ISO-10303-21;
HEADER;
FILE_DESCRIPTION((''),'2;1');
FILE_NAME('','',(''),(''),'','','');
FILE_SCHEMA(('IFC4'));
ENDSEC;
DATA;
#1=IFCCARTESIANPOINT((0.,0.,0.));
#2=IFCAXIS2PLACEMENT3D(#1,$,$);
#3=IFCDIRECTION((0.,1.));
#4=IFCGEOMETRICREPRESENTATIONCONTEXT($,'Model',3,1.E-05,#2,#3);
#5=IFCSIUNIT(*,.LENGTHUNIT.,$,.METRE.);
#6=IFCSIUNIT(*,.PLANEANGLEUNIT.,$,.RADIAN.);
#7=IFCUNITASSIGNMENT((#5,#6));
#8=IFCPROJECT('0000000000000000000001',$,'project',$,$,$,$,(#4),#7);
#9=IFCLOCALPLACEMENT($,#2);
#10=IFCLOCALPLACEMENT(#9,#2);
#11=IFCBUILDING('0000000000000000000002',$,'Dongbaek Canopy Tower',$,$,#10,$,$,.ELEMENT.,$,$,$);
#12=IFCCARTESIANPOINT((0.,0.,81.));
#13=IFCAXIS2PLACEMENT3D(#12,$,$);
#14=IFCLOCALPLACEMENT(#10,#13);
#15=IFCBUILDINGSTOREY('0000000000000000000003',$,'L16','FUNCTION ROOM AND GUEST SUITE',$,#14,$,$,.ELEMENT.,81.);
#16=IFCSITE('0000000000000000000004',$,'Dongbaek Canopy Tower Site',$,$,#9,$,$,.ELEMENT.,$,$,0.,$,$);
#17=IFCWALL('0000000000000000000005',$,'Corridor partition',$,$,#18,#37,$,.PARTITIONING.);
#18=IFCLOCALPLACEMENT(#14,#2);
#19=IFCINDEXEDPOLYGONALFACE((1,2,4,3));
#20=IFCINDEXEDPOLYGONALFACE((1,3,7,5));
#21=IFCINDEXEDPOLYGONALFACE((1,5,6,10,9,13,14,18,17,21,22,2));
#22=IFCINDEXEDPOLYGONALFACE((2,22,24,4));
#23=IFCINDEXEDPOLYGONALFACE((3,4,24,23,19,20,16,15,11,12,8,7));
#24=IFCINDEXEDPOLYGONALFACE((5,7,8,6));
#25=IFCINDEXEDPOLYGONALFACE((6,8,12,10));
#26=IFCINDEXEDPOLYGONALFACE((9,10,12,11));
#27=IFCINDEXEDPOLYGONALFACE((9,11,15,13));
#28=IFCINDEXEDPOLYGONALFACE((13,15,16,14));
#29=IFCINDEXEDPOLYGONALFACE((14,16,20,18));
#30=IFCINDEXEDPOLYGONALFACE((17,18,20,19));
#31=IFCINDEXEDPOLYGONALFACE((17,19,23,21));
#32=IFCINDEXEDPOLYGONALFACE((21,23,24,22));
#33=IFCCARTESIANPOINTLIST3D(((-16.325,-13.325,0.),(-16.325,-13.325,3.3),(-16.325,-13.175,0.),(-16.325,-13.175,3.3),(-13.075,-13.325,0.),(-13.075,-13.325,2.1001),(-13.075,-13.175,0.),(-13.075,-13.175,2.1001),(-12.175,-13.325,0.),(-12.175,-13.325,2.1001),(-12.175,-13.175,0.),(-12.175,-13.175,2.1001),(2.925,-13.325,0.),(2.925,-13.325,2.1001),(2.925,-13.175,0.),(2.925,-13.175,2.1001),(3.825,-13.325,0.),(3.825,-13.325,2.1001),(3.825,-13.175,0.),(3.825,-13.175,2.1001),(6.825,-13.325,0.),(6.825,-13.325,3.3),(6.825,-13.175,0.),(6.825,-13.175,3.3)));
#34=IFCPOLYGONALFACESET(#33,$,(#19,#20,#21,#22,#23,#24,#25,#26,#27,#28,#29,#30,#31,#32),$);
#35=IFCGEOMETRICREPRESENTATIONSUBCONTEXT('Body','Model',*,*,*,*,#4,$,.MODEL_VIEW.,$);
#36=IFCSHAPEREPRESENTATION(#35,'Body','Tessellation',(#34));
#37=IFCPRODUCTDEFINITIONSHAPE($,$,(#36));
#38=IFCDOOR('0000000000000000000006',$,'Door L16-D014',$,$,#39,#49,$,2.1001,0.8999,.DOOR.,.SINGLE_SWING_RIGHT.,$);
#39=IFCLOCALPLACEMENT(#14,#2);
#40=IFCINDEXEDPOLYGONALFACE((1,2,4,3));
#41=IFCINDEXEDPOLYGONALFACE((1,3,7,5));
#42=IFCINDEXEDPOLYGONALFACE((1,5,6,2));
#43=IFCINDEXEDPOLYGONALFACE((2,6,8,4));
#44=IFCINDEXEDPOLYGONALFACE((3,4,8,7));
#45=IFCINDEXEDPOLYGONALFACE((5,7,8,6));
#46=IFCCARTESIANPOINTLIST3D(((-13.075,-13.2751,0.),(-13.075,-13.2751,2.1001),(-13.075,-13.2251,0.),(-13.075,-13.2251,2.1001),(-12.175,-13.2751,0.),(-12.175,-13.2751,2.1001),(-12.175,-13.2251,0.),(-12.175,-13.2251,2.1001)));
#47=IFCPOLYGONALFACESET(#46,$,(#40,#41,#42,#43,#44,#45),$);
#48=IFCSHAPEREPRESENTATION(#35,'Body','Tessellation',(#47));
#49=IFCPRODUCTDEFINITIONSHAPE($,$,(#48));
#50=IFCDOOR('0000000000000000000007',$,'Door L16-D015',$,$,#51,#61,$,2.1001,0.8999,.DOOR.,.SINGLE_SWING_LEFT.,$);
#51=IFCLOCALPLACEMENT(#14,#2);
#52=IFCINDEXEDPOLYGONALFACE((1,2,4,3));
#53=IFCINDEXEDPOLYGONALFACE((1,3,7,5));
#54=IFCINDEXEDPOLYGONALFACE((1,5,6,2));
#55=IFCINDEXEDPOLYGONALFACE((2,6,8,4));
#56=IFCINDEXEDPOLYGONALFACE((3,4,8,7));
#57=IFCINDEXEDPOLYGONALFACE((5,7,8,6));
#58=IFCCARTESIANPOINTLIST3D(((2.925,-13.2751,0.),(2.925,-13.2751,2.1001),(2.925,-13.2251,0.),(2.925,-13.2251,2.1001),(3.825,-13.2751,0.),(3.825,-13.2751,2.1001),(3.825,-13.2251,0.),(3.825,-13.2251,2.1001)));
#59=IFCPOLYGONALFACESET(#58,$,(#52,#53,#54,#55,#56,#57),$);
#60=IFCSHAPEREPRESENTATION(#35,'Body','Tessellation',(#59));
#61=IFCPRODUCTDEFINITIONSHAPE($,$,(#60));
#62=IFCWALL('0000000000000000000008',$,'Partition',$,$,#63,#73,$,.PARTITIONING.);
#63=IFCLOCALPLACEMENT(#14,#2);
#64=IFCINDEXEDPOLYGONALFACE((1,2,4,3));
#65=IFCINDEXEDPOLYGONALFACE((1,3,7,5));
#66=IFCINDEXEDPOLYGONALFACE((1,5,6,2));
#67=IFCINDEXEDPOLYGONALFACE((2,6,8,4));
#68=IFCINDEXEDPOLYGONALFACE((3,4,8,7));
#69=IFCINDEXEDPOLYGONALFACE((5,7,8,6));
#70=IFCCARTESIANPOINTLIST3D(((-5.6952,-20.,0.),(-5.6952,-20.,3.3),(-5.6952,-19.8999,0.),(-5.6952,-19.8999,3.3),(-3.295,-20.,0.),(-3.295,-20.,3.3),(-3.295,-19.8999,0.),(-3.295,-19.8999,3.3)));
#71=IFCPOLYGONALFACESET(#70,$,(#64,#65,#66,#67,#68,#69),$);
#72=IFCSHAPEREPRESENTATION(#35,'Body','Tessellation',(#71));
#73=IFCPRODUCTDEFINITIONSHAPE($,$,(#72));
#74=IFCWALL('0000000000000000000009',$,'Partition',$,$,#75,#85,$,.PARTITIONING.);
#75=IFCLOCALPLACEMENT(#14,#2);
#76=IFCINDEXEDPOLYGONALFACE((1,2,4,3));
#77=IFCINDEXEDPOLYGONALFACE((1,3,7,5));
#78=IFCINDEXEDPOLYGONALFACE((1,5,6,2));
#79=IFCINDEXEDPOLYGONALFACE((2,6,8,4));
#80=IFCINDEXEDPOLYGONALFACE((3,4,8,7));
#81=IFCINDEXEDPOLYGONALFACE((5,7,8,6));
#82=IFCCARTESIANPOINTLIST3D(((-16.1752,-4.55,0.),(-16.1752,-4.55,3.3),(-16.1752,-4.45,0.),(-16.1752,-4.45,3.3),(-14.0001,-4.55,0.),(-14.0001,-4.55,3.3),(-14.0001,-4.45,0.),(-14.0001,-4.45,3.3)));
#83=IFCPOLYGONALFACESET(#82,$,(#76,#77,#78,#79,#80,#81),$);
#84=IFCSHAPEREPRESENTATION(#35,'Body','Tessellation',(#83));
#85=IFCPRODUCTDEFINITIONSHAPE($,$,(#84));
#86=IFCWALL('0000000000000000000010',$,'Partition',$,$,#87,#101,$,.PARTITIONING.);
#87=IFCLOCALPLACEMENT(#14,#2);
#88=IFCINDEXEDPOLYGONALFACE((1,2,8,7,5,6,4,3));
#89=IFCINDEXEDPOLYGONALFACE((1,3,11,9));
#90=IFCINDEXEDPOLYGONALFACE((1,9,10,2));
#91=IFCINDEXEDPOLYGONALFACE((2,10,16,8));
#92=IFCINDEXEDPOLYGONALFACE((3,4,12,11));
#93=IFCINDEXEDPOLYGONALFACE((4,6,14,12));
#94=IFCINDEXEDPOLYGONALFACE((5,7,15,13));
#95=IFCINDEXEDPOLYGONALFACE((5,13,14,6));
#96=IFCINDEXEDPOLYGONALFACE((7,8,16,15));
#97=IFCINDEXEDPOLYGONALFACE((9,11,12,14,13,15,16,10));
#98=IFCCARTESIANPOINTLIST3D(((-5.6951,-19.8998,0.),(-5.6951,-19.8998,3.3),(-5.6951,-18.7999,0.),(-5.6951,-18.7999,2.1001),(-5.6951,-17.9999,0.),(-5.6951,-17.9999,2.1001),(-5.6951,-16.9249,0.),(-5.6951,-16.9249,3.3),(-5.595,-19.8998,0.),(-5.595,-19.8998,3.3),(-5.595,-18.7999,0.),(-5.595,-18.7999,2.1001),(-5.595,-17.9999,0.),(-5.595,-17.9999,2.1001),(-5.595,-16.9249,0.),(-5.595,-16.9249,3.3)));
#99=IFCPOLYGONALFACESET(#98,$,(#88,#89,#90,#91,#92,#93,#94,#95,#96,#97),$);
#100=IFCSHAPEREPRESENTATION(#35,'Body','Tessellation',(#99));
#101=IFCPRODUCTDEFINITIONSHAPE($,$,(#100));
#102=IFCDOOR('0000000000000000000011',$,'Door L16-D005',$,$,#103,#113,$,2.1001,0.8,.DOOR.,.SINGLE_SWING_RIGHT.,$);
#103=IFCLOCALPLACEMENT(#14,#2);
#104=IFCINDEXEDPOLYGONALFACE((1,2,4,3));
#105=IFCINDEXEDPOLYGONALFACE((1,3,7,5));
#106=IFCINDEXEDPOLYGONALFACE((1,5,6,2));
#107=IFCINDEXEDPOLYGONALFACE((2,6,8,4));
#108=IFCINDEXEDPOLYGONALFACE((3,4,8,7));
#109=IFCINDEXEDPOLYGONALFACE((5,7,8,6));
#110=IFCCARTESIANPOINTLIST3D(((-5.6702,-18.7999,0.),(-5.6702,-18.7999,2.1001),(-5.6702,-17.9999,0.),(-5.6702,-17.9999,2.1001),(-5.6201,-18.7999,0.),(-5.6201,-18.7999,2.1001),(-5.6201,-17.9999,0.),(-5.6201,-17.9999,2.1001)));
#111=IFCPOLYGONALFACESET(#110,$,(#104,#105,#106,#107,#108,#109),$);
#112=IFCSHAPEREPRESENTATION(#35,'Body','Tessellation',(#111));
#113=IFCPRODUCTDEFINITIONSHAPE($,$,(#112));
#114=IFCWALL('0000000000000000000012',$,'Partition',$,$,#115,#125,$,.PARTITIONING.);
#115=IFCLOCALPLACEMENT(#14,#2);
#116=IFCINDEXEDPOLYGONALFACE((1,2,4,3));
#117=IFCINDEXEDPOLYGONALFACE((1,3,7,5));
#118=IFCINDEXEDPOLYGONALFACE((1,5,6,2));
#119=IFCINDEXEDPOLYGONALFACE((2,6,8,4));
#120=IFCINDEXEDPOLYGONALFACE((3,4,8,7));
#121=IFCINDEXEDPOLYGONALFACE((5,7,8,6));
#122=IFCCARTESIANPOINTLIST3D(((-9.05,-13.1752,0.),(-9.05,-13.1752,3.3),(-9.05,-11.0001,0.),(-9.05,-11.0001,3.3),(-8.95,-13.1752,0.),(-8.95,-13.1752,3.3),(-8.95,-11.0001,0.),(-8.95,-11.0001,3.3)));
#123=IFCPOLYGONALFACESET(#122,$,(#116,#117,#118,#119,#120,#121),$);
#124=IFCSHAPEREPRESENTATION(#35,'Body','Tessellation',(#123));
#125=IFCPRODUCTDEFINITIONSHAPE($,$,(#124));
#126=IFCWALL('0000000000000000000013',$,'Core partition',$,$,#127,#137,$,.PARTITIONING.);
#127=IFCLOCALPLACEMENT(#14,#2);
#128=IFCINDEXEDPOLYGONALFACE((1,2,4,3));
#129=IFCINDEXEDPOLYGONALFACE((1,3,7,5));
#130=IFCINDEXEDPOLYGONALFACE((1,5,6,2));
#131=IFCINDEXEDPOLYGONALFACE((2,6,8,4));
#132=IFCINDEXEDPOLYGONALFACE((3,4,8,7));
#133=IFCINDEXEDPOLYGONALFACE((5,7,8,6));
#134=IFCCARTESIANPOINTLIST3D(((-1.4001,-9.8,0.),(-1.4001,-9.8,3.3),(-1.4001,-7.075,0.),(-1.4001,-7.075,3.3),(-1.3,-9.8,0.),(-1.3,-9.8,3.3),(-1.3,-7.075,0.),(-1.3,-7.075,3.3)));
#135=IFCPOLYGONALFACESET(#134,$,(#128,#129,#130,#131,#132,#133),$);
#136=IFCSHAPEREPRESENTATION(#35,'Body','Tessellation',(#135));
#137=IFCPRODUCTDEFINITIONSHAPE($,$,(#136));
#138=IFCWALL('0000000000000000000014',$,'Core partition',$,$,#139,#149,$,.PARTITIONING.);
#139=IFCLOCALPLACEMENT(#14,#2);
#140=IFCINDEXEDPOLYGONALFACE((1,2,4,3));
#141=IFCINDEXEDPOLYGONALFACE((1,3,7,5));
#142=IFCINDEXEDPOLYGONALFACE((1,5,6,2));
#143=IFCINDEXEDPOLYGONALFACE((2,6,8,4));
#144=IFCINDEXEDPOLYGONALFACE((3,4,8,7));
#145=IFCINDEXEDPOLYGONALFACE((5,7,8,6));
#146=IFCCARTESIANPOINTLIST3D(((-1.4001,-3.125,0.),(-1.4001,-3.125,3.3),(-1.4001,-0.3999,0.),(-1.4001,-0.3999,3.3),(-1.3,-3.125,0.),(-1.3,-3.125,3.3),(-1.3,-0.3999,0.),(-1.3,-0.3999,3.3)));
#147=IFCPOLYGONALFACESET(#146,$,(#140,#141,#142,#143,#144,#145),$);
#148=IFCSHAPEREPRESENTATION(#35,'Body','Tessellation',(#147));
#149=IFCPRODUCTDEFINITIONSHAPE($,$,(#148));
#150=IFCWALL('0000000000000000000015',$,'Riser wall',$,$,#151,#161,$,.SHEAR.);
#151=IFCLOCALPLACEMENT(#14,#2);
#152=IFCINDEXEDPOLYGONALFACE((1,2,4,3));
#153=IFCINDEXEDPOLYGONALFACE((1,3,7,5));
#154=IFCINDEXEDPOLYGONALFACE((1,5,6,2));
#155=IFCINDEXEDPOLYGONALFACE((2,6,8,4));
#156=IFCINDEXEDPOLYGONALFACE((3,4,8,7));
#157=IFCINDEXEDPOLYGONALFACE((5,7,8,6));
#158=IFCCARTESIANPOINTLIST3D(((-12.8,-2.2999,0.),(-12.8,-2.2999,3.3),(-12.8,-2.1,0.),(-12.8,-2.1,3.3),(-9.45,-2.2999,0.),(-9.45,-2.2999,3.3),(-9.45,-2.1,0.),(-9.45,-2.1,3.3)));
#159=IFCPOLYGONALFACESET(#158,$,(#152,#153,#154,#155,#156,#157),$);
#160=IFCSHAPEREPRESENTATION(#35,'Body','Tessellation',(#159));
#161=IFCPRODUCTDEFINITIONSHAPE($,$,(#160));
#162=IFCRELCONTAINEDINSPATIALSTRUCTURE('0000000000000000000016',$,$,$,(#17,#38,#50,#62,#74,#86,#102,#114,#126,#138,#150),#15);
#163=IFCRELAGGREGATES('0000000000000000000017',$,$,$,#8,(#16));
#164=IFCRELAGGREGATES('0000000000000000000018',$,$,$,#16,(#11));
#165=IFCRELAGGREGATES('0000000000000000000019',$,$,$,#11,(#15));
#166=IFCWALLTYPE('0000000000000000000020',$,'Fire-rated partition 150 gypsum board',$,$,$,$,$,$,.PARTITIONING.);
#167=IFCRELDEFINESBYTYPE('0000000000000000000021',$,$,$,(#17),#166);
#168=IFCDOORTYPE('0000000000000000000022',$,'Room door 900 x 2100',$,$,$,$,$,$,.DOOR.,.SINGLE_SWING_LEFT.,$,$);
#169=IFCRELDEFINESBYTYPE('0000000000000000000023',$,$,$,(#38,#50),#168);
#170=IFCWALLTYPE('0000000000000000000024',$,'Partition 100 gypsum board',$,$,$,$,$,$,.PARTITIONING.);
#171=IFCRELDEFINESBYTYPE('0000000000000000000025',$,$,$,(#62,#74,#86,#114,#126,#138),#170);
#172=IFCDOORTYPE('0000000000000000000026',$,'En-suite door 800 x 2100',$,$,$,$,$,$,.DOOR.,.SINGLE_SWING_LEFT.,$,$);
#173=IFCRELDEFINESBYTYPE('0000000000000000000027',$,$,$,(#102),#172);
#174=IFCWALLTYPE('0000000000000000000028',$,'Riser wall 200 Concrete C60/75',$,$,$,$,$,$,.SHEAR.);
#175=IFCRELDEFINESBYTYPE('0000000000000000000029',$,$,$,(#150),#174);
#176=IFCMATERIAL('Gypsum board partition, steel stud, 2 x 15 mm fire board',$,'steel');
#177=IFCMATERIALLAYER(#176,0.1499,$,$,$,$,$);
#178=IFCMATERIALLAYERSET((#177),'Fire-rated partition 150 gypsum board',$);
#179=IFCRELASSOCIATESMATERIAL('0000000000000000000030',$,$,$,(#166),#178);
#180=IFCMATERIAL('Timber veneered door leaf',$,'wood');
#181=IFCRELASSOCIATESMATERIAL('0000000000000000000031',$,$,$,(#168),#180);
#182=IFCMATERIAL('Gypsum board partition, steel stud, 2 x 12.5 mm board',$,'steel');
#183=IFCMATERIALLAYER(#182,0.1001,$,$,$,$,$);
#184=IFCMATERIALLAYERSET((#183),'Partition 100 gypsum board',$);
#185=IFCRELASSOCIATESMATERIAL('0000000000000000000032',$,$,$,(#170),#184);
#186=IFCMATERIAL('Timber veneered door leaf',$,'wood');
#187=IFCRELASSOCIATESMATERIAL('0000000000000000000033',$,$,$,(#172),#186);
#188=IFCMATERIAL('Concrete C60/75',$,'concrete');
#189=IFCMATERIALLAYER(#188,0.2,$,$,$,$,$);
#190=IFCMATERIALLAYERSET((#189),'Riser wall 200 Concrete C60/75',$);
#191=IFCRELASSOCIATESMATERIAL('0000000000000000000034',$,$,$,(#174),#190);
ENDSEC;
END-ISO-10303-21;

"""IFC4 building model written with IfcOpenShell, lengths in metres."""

from ifc_helpers import new_model, si_unit, direction, frame, frame_2d, origin, place, context, subcontext, project, spatial, rectangle, extrude, material, layer, layer_set, type_object, element, fill, save


model = new_model("IFC4")

# Units and contexts
model_context = context("Model", 3, precision=1e-05, world=origin(), true_north=direction((0.0, 1.0)))
body_context = subcontext(model_context, "Body", "Model", "MODEL_VIEW")
ifc_project = project(units=[si_unit("LENGTHUNIT", "METRE"), si_unit("PLANEANGLEUNIT", "RADIAN")], contexts=[model_context])

# Site, building, storey
site_placement = place(None, origin())
site = spatial("IfcSite", under=ifc_project, at=site_placement, Name="Dongbaek Canopy Tower Site", CompositionType="ELEMENT", RefElevation=0.0)
building_placement = place(site_placement, origin())
building = spatial("IfcBuilding", under=site, at=building_placement, Name="Dongbaek Canopy Tower", CompositionType="ELEMENT")
storey_placement = place(building_placement, frame((0.0, 0.0, 81.0)))
storey = spatial("IfcBuildingStorey", under=building, at=storey_placement, Name="L16", Description="FUNCTION ROOM AND GUEST SUITE", CompositionType="ELEMENT", Elevation=81.0)

# Wall, openings, doors
ifc_material_1 = material(Name="Gypsum board partition, steel stud, 2 x 15 mm fire board", Category="steel")
ifc_layer_1 = layer(ifc_material_1, 0.1499)
ifc_layer_set_1 = layer_set([ifc_layer_1], Name="Fire-rated partition 150 gypsum board")
wall_type_1 = type_object("IfcWallType", Name="Fire-rated partition 150 gypsum board", PredefinedType="PARTITIONING", material=ifc_layer_set_1)
wall_1_placement = place(storey_placement, frame((-16.325, -13.25, 0.0), z_axis=(0.0, 0.0, 1.0), x_axis=(1.0, 0.0, 0.0)))
wall_1 = element("IfcWall", 1, at=wall_1_placement, inside=storey, type_object=wall_type_1, Name="Corridor partition", PredefinedType="PARTITIONING", context=body_context, shape_type="SweptSolid", body=[
    extrude(rectangle(XDim=23.1499, YDim=0.1499, at=frame_2d((11.575, 0.0))), origin(), (0.0, 0.0, 1.0), 3.3),
])
opening_1_placement = place(wall_1_placement, frame((3.25, 0.0, 0.0)))
opening_1 = element("IfcOpeningElement", 2, at=opening_1_placement, cuts=wall_1, PredefinedType="OPENING", context=body_context, shape_type="SweptSolid", body=[
    extrude(rectangle(XDim=0.8999, YDim=2.1001, at=frame_2d((0.45, 1.05))), frame((0.0, 0.085, 0.0), z_axis=(0.0, -1.0, 0.0), x_axis=(1.0, 0.0, 0.0)), (0.0, 0.0, 1.0), 0.1699),
])
opening_2_placement = place(wall_1_placement, frame((19.25, 0.0, 0.0)))
opening_2 = element("IfcOpeningElement", 3, at=opening_2_placement, cuts=wall_1, PredefinedType="OPENING", context=body_context, shape_type="SweptSolid", body=[
    extrude(rectangle(XDim=0.8999, YDim=2.1001, at=frame_2d((0.45, 1.05))), frame((0.0, 0.085, 0.0), z_axis=(0.0, -1.0, 0.0), x_axis=(1.0, 0.0, 0.0)), (0.0, 0.0, 1.0), 0.1699),
])
ifc_material_2 = material(Name="Timber veneered door leaf", Category="wood")
door_type_1 = type_object("IfcDoorType", Name="Room door 900 x 2100", OperationType="SINGLE_SWING_LEFT", PredefinedType="DOOR", material=ifc_material_2)
door_1_placement = place(opening_1_placement, origin())
door_1 = element("IfcDoor", 4, at=door_1_placement, inside=storey, type_object=door_type_1, Name="Door L16-D014", OperationType="SINGLE_SWING_RIGHT", OverallHeight=2.1001, OverallWidth=0.8999, PredefinedType="DOOR", context=body_context, shape_type="SweptSolid", body=[
    extrude(rectangle(XDim=0.8999, YDim=2.1001, at=frame_2d((0.45, 1.05))), frame((0.0, 0.0249, 0.0), z_axis=(0.0, -1.0, 0.0), x_axis=(1.0, 0.0, 0.0)), (0.0, 0.0, 1.0), 0.05),
])
fill(opening_1, door_1)
door_2_placement = place(opening_2_placement, origin())
door_2 = element("IfcDoor", 5, at=door_2_placement, inside=storey, type_object=door_type_1, Name="Door L16-D015", OperationType="SINGLE_SWING_LEFT", OverallHeight=2.1001, OverallWidth=0.8999, PredefinedType="DOOR", context=body_context, shape_type="SweptSolid", body=[
    extrude(rectangle(XDim=0.8999, YDim=2.1001, at=frame_2d((0.45, 1.05))), frame((0.0, 0.0249, 0.0), z_axis=(0.0, -1.0, 0.0), x_axis=(1.0, 0.0, 0.0)), (0.0, 0.0, 1.0), 0.05),
])
fill(opening_2, door_2)

# Walls
ifc_material_3 = material(Name="Gypsum board partition, steel stud, 2 x 12.5 mm board", Category="steel")
ifc_layer_2 = layer(ifc_material_3, 0.1001)
ifc_layer_set_2 = layer_set([ifc_layer_2], Name="Partition 100 gypsum board")
wall_type_2 = type_object("IfcWallType", Name="Partition 100 gypsum board", PredefinedType="PARTITIONING", material=ifc_layer_set_2)
wall_2_placement = place(storey_placement, frame((-5.6953, -19.95, 0.0), z_axis=(0.0, 0.0, 1.0), x_axis=(1.0, 0.0, 0.0)))
element("IfcWall", 6, at=wall_2_placement, inside=storey, type_object=wall_type_2, Name="Partition", PredefinedType="PARTITIONING", context=body_context, shape_type="SweptSolid", body=[
    extrude(rectangle(XDim=2.4001, YDim=0.1001, at=frame_2d((1.2002, 0.0))), origin(), (0.0, 0.0, 1.0), 3.3),
])
wall_3_placement = place(storey_placement, frame((-16.175, -4.5, 0.0), z_axis=(0.0, 0.0, 1.0), x_axis=(1.0, 0.0, 0.0)))
element("IfcWall", 7, at=wall_3_placement, inside=storey, type_object=wall_type_2, Name="Partition", PredefinedType="PARTITIONING", context=body_context, shape_type="SweptSolid", body=[
    extrude(rectangle(XDim=2.175, YDim=0.1001, at=frame_2d((1.0874, 0.0))), origin(), (0.0, 0.0, 1.0), 3.3),
])

# Wall, opening, door
wall_4_placement = place(storey_placement, frame((-5.645, -16.925, 0.0), z_axis=(0.0, 0.0, 1.0), x_axis=(0.0, -1.0, 0.0)))
wall_4 = element("IfcWall", 8, at=wall_4_placement, inside=storey, type_object=wall_type_2, Name="Partition", PredefinedType="PARTITIONING", context=body_context, shape_type="SweptSolid", body=[
    extrude(rectangle(XDim=2.9749, YDim=0.1001, at=frame_2d((1.4873, 0.0))), origin(), (0.0, 0.0, 1.0), 3.3),
])
opening_3_placement = place(wall_4_placement, frame((1.075, 0.0, 0.0)))
opening_3 = element("IfcOpeningElement", 9, at=opening_3_placement, cuts=wall_4, PredefinedType="OPENING", context=body_context, shape_type="SweptSolid", body=[
    extrude(rectangle(XDim=0.8, YDim=2.1001, at=frame_2d((0.3999, 1.05))), frame((0.0, 0.0601, 0.0), z_axis=(0.0, -1.0, 0.0), x_axis=(1.0, 0.0, 0.0)), (0.0, 0.0, 1.0), 0.1201),
])
ifc_material_4 = material(Name="Timber veneered door leaf", Category="wood")
door_type_2 = type_object("IfcDoorType", Name="En-suite door 800 x 2100", OperationType="SINGLE_SWING_LEFT", PredefinedType="DOOR", material=ifc_material_4)
door_3_placement = place(opening_3_placement, origin())
door_3 = element("IfcDoor", 10, at=door_3_placement, inside=storey, type_object=door_type_2, Name="Door L16-D005", OperationType="SINGLE_SWING_RIGHT", OverallHeight=2.1001, OverallWidth=0.8, PredefinedType="DOOR", context=body_context, shape_type="SweptSolid", body=[
    extrude(rectangle(XDim=0.8, YDim=2.1001, at=frame_2d((0.3999, 1.05))), frame((0.0, 0.0249, 0.0), z_axis=(0.0, -1.0, 0.0), x_axis=(1.0, 0.0, 0.0)), (0.0, 0.0, 1.0), 0.05),
])
fill(opening_3, door_3)

# Walls
wall_5_placement = place(storey_placement, frame((-9.0, -13.175, 0.0), z_axis=(0.0, 0.0, 1.0), x_axis=(0.0, 1.0, 0.0)))
element("IfcWall", 11, at=wall_5_placement, inside=storey, type_object=wall_type_2, Name="Partition", PredefinedType="PARTITIONING", context=body_context, shape_type="SweptSolid", body=[
    extrude(rectangle(XDim=2.175, YDim=0.1001, at=frame_2d((1.0874, 0.0))), origin(), (0.0, 0.0, 1.0), 3.3),
])
for number, where, z_axis, x_axis, name in (
    (12, (-1.3501, -9.8, 0.0), (0.0, 0.0, 1.0), (0.0, 1.0, 0.0), "Core partition"),
    (13, (-1.3501, -3.125, 0.0), (0.0, 0.0, 1.0), (0.0, 1.0, 0.0), "Core partition"),
):
    element("IfcWall", number, at=place(storey_placement, frame(where, z_axis=z_axis, x_axis=x_axis)), inside=storey, type_object=wall_type_2, Name=name, PredefinedType="PARTITIONING", context=body_context, shape_type="SweptSolid", body=[
        extrude(rectangle(XDim=2.7251, YDim=0.1001, at=frame_2d((1.3625, 0.0))), origin(), (0.0, 0.0, 1.0), 3.3),
    ])
ifc_material_5 = material(Name="Concrete C60/75", Category="concrete")
ifc_layer_3 = layer(ifc_material_5, 0.2)
ifc_layer_set_3 = layer_set([ifc_layer_3], Name="Riser wall 200 Concrete C60/75")
wall_type_3 = type_object("IfcWallType", Name="Riser wall 200 Concrete C60/75", PredefinedType="SHEAR", material=ifc_layer_set_3)
wall_6_placement = place(storey_placement, frame((-9.45, -2.2, 0.0), z_axis=(0.0, 0.0, 1.0), x_axis=(-1.0, 0.0, 0.0)))
element("IfcWall", 14, at=wall_6_placement, inside=storey, type_object=wall_type_3, Name="Riser wall", PredefinedType="SHEAR", context=body_context, shape_type="SweptSolid", body=[
    extrude(rectangle(XDim=3.3501, YDim=0.2, at=frame_2d((1.675, 0.0))), origin(), (0.0, 0.0, 1.0), 3.3),
])

save(model, "model.ifc")
